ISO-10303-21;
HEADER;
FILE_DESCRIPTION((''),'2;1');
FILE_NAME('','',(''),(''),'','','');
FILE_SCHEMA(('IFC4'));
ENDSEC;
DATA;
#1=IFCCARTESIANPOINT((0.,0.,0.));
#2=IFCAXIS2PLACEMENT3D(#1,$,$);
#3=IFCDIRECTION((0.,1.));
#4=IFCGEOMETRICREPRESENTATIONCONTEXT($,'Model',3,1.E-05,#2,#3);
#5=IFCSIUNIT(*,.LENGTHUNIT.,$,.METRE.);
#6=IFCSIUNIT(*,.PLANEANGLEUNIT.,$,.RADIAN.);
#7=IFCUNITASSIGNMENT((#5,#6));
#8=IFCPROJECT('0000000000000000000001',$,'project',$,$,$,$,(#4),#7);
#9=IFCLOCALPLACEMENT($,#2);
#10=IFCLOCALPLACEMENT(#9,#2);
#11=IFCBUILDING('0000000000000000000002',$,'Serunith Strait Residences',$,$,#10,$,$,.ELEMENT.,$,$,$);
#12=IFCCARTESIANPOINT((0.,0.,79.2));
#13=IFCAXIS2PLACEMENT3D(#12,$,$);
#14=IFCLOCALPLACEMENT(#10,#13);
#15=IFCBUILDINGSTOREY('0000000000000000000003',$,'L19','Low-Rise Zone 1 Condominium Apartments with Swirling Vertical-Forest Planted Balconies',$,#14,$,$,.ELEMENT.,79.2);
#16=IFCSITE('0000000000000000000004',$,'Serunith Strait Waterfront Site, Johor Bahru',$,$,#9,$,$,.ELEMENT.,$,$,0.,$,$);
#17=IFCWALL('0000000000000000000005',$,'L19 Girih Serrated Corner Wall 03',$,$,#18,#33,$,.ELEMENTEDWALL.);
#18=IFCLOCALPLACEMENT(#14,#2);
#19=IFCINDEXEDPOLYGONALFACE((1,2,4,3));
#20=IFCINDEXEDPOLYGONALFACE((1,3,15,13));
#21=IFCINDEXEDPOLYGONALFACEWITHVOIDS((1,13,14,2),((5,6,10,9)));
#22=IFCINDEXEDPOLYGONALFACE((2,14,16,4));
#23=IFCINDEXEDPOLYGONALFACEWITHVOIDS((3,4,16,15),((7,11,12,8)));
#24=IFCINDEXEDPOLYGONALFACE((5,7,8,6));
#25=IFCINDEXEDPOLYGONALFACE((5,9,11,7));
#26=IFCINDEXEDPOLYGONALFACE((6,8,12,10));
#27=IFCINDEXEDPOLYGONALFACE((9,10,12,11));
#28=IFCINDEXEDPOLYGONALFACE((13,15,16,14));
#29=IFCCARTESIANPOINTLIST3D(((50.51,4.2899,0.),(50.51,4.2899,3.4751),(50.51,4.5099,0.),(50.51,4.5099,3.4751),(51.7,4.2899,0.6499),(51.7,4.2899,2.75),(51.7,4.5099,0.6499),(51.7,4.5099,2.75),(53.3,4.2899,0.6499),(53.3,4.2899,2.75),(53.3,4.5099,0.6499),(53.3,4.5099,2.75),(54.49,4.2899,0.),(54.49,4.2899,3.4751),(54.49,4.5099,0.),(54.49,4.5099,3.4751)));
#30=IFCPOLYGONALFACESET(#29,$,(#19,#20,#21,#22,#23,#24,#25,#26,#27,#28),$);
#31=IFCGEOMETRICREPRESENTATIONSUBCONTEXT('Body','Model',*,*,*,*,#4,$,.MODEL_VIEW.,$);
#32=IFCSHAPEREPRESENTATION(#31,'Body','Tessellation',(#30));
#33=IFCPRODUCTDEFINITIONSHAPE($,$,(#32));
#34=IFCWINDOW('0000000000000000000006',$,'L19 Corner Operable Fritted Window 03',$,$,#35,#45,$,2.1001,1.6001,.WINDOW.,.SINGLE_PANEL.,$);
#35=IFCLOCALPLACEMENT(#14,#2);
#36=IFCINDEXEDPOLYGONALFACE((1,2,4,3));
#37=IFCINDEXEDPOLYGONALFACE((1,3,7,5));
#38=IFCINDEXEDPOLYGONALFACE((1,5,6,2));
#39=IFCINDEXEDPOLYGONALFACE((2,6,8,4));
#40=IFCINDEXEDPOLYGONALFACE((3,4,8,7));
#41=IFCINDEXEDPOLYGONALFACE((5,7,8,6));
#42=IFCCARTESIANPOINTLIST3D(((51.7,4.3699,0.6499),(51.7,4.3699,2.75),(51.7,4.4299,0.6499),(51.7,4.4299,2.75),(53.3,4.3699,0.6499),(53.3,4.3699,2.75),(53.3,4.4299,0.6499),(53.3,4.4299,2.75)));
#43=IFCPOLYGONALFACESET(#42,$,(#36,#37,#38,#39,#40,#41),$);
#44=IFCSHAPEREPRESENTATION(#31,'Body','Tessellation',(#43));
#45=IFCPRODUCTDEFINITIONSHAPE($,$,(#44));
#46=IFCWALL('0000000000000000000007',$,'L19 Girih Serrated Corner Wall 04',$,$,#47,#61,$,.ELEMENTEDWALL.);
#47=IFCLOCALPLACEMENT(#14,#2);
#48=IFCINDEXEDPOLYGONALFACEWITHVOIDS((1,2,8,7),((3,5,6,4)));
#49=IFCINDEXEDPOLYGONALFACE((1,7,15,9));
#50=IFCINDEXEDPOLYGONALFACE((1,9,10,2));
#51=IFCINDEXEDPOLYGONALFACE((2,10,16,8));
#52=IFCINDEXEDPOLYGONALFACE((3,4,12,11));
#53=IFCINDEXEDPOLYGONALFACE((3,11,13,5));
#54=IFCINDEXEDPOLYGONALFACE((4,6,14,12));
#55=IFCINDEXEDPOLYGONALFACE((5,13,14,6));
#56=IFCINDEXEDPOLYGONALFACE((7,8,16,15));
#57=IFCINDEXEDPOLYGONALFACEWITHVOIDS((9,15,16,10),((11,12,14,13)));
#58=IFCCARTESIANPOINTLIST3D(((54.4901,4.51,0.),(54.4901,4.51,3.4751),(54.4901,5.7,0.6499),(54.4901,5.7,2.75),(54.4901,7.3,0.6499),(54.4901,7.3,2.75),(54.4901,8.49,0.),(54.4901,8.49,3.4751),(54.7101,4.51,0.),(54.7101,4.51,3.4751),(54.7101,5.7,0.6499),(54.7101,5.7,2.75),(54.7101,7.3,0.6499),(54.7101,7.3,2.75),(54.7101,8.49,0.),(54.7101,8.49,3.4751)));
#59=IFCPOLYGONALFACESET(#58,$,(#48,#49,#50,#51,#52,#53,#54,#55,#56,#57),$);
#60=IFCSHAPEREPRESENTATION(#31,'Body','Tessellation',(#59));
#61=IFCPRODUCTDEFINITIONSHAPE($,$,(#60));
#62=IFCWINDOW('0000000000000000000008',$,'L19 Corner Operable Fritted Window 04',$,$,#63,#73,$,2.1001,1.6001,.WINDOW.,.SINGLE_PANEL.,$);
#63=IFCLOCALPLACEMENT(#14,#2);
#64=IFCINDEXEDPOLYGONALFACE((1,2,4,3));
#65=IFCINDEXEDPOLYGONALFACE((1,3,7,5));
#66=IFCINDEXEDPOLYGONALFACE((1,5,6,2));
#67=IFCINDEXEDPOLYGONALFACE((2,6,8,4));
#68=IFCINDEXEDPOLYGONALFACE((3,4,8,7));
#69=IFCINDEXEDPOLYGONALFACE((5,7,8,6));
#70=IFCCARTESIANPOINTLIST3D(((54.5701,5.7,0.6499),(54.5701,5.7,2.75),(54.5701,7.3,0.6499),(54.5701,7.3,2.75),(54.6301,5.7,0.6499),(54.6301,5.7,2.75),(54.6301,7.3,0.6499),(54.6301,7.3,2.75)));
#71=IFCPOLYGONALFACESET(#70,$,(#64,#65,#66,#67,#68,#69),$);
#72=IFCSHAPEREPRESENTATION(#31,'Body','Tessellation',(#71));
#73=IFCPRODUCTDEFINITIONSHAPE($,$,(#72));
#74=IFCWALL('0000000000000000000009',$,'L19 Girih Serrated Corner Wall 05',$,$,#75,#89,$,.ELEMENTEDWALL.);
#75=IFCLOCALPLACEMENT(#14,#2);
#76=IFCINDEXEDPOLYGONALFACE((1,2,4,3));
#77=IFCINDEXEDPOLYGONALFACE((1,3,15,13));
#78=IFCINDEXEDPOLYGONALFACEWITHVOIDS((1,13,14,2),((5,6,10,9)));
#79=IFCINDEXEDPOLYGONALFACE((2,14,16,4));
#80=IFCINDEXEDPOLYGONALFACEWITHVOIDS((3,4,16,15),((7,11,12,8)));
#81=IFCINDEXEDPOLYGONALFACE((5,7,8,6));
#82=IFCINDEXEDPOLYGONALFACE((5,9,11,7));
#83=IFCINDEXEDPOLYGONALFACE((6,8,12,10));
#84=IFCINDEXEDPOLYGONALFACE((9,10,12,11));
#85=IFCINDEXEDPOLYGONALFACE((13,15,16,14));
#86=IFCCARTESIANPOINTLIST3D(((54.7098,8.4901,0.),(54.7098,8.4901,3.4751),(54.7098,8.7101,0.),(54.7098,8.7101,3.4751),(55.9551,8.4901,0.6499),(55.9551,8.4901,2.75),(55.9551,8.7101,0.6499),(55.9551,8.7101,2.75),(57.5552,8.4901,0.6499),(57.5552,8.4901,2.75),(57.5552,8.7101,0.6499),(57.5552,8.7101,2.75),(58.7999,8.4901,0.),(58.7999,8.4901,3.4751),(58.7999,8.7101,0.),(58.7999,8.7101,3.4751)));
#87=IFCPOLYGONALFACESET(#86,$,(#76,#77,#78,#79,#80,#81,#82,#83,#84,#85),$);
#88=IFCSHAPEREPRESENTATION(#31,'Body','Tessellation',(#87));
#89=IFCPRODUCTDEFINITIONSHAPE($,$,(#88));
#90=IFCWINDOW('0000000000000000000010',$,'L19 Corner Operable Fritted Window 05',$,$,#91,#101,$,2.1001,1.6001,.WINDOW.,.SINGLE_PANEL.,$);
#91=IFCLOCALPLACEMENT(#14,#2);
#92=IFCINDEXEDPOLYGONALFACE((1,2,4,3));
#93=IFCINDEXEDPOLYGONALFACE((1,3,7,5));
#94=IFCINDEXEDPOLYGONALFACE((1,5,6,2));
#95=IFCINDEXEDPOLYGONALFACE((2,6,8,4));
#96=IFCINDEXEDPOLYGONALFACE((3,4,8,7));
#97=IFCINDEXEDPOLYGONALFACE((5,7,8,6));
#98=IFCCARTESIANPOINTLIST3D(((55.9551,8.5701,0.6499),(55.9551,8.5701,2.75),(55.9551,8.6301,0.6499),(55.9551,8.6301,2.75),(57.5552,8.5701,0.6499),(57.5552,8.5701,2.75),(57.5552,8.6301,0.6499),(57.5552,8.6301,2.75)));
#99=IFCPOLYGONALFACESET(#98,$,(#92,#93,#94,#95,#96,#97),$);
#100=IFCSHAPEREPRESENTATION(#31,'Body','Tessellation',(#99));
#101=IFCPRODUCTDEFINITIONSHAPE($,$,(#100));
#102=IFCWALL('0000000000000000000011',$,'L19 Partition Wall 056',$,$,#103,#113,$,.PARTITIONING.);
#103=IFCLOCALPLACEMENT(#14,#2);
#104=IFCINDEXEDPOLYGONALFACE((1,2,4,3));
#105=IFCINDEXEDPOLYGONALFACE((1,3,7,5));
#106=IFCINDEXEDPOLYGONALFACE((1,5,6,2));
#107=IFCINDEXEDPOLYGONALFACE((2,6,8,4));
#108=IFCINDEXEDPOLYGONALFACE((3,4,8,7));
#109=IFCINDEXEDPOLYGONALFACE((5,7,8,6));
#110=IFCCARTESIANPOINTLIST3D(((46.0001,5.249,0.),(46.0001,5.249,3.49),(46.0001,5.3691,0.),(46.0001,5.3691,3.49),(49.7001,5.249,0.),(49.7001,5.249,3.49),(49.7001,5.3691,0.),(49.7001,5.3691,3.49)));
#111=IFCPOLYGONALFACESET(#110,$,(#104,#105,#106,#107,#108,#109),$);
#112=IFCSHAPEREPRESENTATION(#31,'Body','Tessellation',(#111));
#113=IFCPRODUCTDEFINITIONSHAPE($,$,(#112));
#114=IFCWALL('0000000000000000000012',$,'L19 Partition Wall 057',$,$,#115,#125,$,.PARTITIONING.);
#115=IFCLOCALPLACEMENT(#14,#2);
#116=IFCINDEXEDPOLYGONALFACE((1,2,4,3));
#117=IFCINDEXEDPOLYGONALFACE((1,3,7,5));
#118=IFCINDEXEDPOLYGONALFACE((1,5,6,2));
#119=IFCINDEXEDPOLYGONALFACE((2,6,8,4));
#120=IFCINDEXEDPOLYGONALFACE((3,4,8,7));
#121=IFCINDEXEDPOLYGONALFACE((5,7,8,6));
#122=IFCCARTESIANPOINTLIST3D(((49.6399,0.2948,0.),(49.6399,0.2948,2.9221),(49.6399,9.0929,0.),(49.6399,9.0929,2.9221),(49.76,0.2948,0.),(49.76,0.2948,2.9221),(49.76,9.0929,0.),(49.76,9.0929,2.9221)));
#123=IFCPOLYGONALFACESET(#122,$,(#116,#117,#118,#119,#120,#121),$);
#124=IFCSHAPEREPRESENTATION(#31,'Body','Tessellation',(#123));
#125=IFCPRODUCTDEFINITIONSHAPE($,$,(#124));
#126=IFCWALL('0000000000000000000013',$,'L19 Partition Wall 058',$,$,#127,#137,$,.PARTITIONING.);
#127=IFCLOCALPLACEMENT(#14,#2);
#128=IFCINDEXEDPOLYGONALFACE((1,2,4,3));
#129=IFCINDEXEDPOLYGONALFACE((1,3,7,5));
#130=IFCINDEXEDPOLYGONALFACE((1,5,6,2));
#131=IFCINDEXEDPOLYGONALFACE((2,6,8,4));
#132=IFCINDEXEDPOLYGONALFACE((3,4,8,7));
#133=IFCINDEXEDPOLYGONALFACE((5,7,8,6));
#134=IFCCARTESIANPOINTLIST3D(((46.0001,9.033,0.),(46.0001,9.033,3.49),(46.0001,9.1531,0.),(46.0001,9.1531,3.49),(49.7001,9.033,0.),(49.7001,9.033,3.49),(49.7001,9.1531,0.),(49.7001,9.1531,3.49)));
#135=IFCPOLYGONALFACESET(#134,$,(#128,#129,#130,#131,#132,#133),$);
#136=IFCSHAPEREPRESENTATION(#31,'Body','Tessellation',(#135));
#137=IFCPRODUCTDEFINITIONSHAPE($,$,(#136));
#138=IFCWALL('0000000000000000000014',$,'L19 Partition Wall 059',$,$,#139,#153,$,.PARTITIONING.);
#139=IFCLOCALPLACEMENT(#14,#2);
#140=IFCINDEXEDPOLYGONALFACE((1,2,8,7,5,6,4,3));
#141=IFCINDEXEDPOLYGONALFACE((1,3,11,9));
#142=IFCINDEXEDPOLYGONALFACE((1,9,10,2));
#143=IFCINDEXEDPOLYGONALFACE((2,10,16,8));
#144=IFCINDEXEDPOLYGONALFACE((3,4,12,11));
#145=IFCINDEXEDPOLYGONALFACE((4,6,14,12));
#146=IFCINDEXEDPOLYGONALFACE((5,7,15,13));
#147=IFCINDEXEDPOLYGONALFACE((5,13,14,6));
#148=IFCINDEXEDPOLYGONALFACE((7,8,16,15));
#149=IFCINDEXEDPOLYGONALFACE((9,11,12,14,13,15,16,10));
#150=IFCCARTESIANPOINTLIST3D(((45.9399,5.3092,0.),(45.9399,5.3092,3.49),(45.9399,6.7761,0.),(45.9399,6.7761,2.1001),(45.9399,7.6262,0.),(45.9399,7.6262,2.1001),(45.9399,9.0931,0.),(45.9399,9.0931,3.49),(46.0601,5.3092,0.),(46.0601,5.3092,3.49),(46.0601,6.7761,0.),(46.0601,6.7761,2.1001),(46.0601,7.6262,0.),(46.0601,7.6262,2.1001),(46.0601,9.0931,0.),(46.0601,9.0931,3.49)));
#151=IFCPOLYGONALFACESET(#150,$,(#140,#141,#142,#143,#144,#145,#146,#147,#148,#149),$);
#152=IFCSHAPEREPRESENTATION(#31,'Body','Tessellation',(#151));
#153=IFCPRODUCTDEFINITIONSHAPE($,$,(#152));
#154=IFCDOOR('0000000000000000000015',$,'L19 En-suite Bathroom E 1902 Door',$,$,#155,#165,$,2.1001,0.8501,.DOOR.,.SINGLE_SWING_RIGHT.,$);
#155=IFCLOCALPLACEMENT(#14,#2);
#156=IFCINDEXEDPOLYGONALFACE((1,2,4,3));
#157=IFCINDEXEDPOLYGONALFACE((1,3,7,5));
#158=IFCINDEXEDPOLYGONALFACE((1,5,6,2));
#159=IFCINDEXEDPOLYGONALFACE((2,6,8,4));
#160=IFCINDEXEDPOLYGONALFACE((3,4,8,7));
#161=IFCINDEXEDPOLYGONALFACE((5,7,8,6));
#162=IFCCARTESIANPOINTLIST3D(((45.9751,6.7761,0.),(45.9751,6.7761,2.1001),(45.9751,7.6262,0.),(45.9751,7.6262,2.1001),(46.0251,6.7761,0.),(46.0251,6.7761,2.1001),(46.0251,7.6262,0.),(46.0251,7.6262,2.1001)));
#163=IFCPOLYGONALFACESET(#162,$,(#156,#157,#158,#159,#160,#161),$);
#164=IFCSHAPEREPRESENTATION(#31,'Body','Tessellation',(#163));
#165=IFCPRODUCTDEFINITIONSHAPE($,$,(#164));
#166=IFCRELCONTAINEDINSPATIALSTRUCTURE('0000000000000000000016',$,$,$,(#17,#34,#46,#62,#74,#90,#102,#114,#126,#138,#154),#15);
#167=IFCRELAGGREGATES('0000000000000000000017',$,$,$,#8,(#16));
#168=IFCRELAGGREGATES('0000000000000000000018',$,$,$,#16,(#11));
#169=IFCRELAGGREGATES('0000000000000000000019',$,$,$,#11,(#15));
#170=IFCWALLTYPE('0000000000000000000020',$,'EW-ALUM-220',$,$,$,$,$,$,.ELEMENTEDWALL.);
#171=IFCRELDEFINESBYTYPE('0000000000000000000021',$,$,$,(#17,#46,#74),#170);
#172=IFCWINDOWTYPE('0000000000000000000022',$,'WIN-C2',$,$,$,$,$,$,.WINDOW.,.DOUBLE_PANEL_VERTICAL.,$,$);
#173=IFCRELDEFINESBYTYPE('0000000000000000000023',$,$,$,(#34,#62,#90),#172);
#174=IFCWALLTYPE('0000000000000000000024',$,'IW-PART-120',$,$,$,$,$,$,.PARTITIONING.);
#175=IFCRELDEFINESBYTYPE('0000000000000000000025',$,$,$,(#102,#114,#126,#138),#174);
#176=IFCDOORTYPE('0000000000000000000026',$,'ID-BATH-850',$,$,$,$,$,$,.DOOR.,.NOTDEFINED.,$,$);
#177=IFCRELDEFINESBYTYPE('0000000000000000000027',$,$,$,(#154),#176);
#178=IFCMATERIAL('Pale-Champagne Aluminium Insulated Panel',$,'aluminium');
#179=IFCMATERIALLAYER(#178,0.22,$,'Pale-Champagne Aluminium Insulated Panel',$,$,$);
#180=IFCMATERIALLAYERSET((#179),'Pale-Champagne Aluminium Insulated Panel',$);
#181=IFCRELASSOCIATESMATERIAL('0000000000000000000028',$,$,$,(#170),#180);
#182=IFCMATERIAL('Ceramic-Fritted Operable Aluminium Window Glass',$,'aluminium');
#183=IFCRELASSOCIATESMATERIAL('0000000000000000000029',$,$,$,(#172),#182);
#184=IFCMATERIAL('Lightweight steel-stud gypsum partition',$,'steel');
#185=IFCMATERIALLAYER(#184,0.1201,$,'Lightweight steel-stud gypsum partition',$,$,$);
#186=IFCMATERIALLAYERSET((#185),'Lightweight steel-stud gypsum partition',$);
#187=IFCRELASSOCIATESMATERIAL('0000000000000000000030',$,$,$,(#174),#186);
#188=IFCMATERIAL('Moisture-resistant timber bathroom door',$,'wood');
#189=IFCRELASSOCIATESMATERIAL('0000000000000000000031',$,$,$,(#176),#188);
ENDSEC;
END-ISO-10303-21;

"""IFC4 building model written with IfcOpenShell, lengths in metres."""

from ifc_helpers import new_model, si_unit, direction, frame, frame_2d, origin, place, context, subcontext, project, spatial, rectangle, extrude, source, transform, mapped, material, layer, layer_set, type_object, element, fill, save


model = new_model("IFC4")

# Units and contexts
model_context = context("Model", 3, precision=1e-05, world=origin(), true_north=direction((0.0, 1.0)))
body_context = subcontext(model_context, "Body", "Model", "MODEL_VIEW")
ifc_project = project(units=[si_unit("LENGTHUNIT", "METRE"), si_unit("PLANEANGLEUNIT", "RADIAN")], contexts=[model_context])

# Site, building, storey
site_placement = place(None, origin())
site = spatial("IfcSite", under=ifc_project, at=site_placement, Name="Serunith Strait Waterfront Site, Johor Bahru", CompositionType="ELEMENT", RefElevation=0.0)
building_placement = place(site_placement, origin())
building = spatial("IfcBuilding", under=site, at=building_placement, Name="Serunith Strait Residences", CompositionType="ELEMENT")
storey_placement = place(building_placement, frame((0.0, 0.0, 79.2)))
storey = spatial("IfcBuildingStorey", under=building, at=storey_placement, Name="L19", Description="Low-Rise Zone 1 Condominium Apartments with Swirling Vertical-Forest Planted Balconies", CompositionType="ELEMENT", Elevation=79.2)

# Walls, openings, windows
ifc_material_1 = material(Name="Pale-Champagne Aluminium Insulated Panel", Category="aluminium")
ifc_layer_1 = layer(ifc_material_1, 0.22, Name="Pale-Champagne Aluminium Insulated Panel")
ifc_layer_set_1 = layer_set([ifc_layer_1], Name="Pale-Champagne Aluminium Insulated Panel")
wall_type_1 = type_object("IfcWallType", Name="EW-ALUM-220", PredefinedType="ELEMENTEDWALL", material=ifc_layer_set_1)
ifc_material_2 = material(Name="Ceramic-Fritted Operable Aluminium Window Glass", Category="aluminium")
window_type = type_object("IfcWindowType", Name="WIN-C2", PartitioningType="DOUBLE_PANEL_VERTICAL", PredefinedType="WINDOW", material=ifc_material_2)
shared_shape_1 = source(origin(), body_context, "Body", "SweptSolid", [
    extrude(rectangle(XDim=1.6001, YDim=2.1001, at=frame_2d((0.8, 1.05))), frame((0.0, 0.03, 0.0), z_axis=(0.0, -1.0, 0.0), x_axis=(1.0, 0.0, 0.0)), (0.0, 0.0, 1.0), 0.0601),
])
wall_1_placement = place(storey_placement, frame((50.51, 4.3999, 0.0), z_axis=(0.0, 0.0, 1.0), x_axis=(1.0, 0.0, 0.0)))
wall_1 = element("IfcWall", 1, at=wall_1_placement, inside=storey, type_object=wall_type_1, Name="L19 Girih Serrated Corner Wall 03", PredefinedType="ELEMENTEDWALL", context=body_context, shape_type="SweptSolid", body=[
    extrude(rectangle(XDim=3.98, YDim=0.22, at=frame_2d((1.99, 0.0))), origin(), (0.0, 0.0, 1.0), 3.4751),
])
opening_1_placement = place(wall_1_placement, frame((1.1899, 0.0, 0.6499)))
opening_1 = element("IfcOpeningElement", 2, at=opening_1_placement, cuts=wall_1, PredefinedType="OPENING", context=body_context, shape_type="SweptSolid", body=[
    extrude(rectangle(XDim=1.6001, YDim=2.1001, at=frame_2d((0.8, 1.05))), frame((0.0, 0.1201, 0.0), z_axis=(0.0, -1.0, 0.0), x_axis=(1.0, 0.0, 0.0)), (0.0, 0.0, 1.0), 0.24),
])
window_1_placement = place(opening_1_placement, origin())
window_1 = element("IfcWindow", 3, at=window_1_placement, inside=storey, type_object=window_type, Name="L19 Corner Operable Fritted Window 03", OverallHeight=2.1001, OverallWidth=1.6001, PartitioningType="SINGLE_PANEL", PredefinedType="WINDOW", context=body_context, shape_type="MappedRepresentation", body=[
    mapped(shared_shape_1, transform((0.0, 0.0, 0.0), scale=1.0)),
])
fill(opening_1, window_1)
wall_2_placement = place(storey_placement, frame((54.6001, 4.51, 0.0), z_axis=(0.0, 0.0, 1.0), x_axis=(0.0, 1.0, 0.0)))
wall_2 = element("IfcWall", 4, at=wall_2_placement, inside=storey, type_object=wall_type_1, Name="L19 Girih Serrated Corner Wall 04", PredefinedType="ELEMENTEDWALL", context=body_context, shape_type="SweptSolid", body=[
    extrude(rectangle(XDim=3.98, YDim=0.22, at=frame_2d((1.99, 0.0))), origin(), (0.0, 0.0, 1.0), 3.4751),
])
opening_2_placement = place(wall_2_placement, frame((1.1899, 0.0, 0.6499)))
opening_2 = element("IfcOpeningElement", 5, at=opening_2_placement, cuts=wall_2, PredefinedType="OPENING", context=body_context, shape_type="SweptSolid", body=[
    extrude(rectangle(XDim=1.6001, YDim=2.1001, at=frame_2d((0.8, 1.05))), frame((0.0, 0.1201, 0.0), z_axis=(0.0, -1.0, 0.0), x_axis=(1.0, 0.0, 0.0)), (0.0, 0.0, 1.0), 0.24),
])
window_2_placement = place(opening_2_placement, origin())
window_2 = element("IfcWindow", 6, at=window_2_placement, inside=storey, type_object=window_type, Name="L19 Corner Operable Fritted Window 04", OverallHeight=2.1001, OverallWidth=1.6001, PartitioningType="SINGLE_PANEL", PredefinedType="WINDOW", context=body_context, shape_type="MappedRepresentation", body=[
    mapped(shared_shape_1, transform((0.0, 0.0, 0.0), scale=1.0)),
])
fill(opening_2, window_2)
wall_3_placement = place(storey_placement, frame((54.71, 8.6001, 0.0), z_axis=(0.0, 0.0, 1.0), x_axis=(1.0, 0.0, 0.0)))
wall_3 = element("IfcWall", 7, at=wall_3_placement, inside=storey, type_object=wall_type_1, Name="L19 Girih Serrated Corner Wall 05", PredefinedType="ELEMENTEDWALL", context=body_context, shape_type="SweptSolid", body=[
    extrude(rectangle(XDim=4.0901, YDim=0.22, at=frame_2d((2.0449, 0.0))), origin(), (0.0, 0.0, 1.0), 3.4751),
])
opening_3_placement = place(wall_3_placement, frame((1.2451, 0.0, 0.6499)))
opening_3 = element("IfcOpeningElement", 8, at=opening_3_placement, cuts=wall_3, PredefinedType="OPENING", context=body_context, shape_type="SweptSolid", body=[
    extrude(rectangle(XDim=1.6001, YDim=2.1001, at=frame_2d((0.8, 1.05))), frame((0.0, 0.1201, 0.0), z_axis=(0.0, -1.0, 0.0), x_axis=(1.0, 0.0, 0.0)), (0.0, 0.0, 1.0), 0.24),
])
window_3_placement = place(opening_3_placement, origin())
window_3 = element("IfcWindow", 9, at=window_3_placement, inside=storey, type_object=window_type, Name="L19 Corner Operable Fritted Window 05", OverallHeight=2.1001, OverallWidth=1.6001, PartitioningType="SINGLE_PANEL", PredefinedType="WINDOW", context=body_context, shape_type="MappedRepresentation", body=[
    mapped(shared_shape_1, transform((0.0, 0.0, 0.0), scale=1.0)),
])
fill(opening_3, window_3)

# Walls
ifc_material_3 = material(Name="Lightweight steel-stud gypsum partition", Category="steel")
ifc_layer_2 = layer(ifc_material_3, 0.1201, Name="Lightweight steel-stud gypsum partition")
ifc_layer_set_2 = layer_set([ifc_layer_2], Name="Lightweight steel-stud gypsum partition")
wall_type_2 = type_object("IfcWallType", Name="IW-PART-120", PredefinedType="PARTITIONING", material=ifc_layer_set_2)
wall_4_placement = place(storey_placement, frame((46.0, 5.3091, 0.0), z_axis=(0.0, 0.0, 1.0), x_axis=(1.0, 0.0, 0.0)))
element("IfcWall", 10, at=wall_4_placement, inside=storey, type_object=wall_type_2, Name="L19 Partition Wall 056", PredefinedType="PARTITIONING", context=body_context, shape_type="SweptSolid", body=[
    extrude(rectangle(XDim=3.7, YDim=0.1201, at=frame_2d((1.8501, 0.0))), origin(), (0.0, 0.0, 1.0), 3.49),
])
wall_5_placement = place(storey_placement, frame((49.7, 0.2949, 0.0), z_axis=(0.0, 0.0, 1.0), x_axis=(0.0, 1.0, 0.0)))
element("IfcWall", 11, at=wall_5_placement, inside=storey, type_object=wall_type_2, Name="L19 Partition Wall 057", PredefinedType="PARTITIONING", context=body_context, shape_type="SweptSolid", body=[
    extrude(rectangle(XDim=8.7981, YDim=0.1201, at=frame_2d((4.3989, 0.0))), origin(), (0.0, 0.0, 1.0), 2.9221),
])
wall_6_placement = place(storey_placement, frame((46.0, 9.093, 0.0), z_axis=(0.0, 0.0, 1.0), x_axis=(1.0, 0.0, 0.0)))
element("IfcWall", 12, at=wall_6_placement, inside=storey, type_object=wall_type_2, Name="L19 Partition Wall 058", PredefinedType="PARTITIONING", context=body_context, shape_type="SweptSolid", body=[
    extrude(rectangle(XDim=3.7, YDim=0.1201, at=frame_2d((1.8501, 0.0))), origin(), (0.0, 0.0, 1.0), 3.49),
])

# Wall, opening, door
wall_7_placement = place(storey_placement, frame((46.0, 5.3091, 0.0), z_axis=(0.0, 0.0, 1.0), x_axis=(0.0, 1.0, 0.0)))
wall_7 = element("IfcWall", 13, at=wall_7_placement, inside=storey, type_object=wall_type_2, Name="L19 Partition Wall 059", PredefinedType="PARTITIONING", context=body_context, shape_type="SweptSolid", body=[
    extrude(rectangle(XDim=3.7839, YDim=0.1201, at=frame_2d((1.8921, 0.0))), origin(), (0.0, 0.0, 1.0), 3.49),
])
opening_4_placement = place(wall_7_placement, frame((1.467, 0.0, 0.0)))
opening_4 = element("IfcOpeningElement", 14, at=opening_4_placement, cuts=wall_7, PredefinedType="OPENING", context=body_context, shape_type="SweptSolid", body=[
    extrude(rectangle(XDim=0.8501, YDim=2.1001, at=frame_2d((0.425, 1.05))), frame((0.0, 0.0701, 0.0), z_axis=(0.0, -1.0, 0.0), x_axis=(1.0, 0.0, 0.0)), (0.0, 0.0, 1.0), 0.1401),
])
ifc_material_4 = material(Name="Moisture-resistant timber bathroom door", Category="wood")
door_type_1 = type_object("IfcDoorType", Name="ID-BATH-850", OperationType="NOTDEFINED", PredefinedType="DOOR", material=ifc_material_4)
shared_shape_2 = source(origin(), body_context, "Body", "SweptSolid", [
    extrude(rectangle(XDim=0.8501, YDim=2.1001, at=frame_2d((0.425, 1.05))), frame((0.0, 0.0249, 0.0), z_axis=(0.0, -1.0, 0.0), x_axis=(1.0, 0.0, 0.0)), (0.0, 0.0, 1.0), 0.05),
])
door_1_placement = place(opening_4_placement, origin())
door_1 = element("IfcDoor", 15, at=door_1_placement, inside=storey, type_object=door_type_1, Name="L19 En-suite Bathroom E 1902 Door", OperationType="SINGLE_SWING_RIGHT", OverallHeight=2.1001, OverallWidth=0.8501, PredefinedType="DOOR", context=body_context, shape_type="MappedRepresentation", body=[
    mapped(shared_shape_2, transform((0.0, 0.0, 0.0), scale=1.0)),
])
fill(opening_4, door_1)

save(model, "model.ifc")
